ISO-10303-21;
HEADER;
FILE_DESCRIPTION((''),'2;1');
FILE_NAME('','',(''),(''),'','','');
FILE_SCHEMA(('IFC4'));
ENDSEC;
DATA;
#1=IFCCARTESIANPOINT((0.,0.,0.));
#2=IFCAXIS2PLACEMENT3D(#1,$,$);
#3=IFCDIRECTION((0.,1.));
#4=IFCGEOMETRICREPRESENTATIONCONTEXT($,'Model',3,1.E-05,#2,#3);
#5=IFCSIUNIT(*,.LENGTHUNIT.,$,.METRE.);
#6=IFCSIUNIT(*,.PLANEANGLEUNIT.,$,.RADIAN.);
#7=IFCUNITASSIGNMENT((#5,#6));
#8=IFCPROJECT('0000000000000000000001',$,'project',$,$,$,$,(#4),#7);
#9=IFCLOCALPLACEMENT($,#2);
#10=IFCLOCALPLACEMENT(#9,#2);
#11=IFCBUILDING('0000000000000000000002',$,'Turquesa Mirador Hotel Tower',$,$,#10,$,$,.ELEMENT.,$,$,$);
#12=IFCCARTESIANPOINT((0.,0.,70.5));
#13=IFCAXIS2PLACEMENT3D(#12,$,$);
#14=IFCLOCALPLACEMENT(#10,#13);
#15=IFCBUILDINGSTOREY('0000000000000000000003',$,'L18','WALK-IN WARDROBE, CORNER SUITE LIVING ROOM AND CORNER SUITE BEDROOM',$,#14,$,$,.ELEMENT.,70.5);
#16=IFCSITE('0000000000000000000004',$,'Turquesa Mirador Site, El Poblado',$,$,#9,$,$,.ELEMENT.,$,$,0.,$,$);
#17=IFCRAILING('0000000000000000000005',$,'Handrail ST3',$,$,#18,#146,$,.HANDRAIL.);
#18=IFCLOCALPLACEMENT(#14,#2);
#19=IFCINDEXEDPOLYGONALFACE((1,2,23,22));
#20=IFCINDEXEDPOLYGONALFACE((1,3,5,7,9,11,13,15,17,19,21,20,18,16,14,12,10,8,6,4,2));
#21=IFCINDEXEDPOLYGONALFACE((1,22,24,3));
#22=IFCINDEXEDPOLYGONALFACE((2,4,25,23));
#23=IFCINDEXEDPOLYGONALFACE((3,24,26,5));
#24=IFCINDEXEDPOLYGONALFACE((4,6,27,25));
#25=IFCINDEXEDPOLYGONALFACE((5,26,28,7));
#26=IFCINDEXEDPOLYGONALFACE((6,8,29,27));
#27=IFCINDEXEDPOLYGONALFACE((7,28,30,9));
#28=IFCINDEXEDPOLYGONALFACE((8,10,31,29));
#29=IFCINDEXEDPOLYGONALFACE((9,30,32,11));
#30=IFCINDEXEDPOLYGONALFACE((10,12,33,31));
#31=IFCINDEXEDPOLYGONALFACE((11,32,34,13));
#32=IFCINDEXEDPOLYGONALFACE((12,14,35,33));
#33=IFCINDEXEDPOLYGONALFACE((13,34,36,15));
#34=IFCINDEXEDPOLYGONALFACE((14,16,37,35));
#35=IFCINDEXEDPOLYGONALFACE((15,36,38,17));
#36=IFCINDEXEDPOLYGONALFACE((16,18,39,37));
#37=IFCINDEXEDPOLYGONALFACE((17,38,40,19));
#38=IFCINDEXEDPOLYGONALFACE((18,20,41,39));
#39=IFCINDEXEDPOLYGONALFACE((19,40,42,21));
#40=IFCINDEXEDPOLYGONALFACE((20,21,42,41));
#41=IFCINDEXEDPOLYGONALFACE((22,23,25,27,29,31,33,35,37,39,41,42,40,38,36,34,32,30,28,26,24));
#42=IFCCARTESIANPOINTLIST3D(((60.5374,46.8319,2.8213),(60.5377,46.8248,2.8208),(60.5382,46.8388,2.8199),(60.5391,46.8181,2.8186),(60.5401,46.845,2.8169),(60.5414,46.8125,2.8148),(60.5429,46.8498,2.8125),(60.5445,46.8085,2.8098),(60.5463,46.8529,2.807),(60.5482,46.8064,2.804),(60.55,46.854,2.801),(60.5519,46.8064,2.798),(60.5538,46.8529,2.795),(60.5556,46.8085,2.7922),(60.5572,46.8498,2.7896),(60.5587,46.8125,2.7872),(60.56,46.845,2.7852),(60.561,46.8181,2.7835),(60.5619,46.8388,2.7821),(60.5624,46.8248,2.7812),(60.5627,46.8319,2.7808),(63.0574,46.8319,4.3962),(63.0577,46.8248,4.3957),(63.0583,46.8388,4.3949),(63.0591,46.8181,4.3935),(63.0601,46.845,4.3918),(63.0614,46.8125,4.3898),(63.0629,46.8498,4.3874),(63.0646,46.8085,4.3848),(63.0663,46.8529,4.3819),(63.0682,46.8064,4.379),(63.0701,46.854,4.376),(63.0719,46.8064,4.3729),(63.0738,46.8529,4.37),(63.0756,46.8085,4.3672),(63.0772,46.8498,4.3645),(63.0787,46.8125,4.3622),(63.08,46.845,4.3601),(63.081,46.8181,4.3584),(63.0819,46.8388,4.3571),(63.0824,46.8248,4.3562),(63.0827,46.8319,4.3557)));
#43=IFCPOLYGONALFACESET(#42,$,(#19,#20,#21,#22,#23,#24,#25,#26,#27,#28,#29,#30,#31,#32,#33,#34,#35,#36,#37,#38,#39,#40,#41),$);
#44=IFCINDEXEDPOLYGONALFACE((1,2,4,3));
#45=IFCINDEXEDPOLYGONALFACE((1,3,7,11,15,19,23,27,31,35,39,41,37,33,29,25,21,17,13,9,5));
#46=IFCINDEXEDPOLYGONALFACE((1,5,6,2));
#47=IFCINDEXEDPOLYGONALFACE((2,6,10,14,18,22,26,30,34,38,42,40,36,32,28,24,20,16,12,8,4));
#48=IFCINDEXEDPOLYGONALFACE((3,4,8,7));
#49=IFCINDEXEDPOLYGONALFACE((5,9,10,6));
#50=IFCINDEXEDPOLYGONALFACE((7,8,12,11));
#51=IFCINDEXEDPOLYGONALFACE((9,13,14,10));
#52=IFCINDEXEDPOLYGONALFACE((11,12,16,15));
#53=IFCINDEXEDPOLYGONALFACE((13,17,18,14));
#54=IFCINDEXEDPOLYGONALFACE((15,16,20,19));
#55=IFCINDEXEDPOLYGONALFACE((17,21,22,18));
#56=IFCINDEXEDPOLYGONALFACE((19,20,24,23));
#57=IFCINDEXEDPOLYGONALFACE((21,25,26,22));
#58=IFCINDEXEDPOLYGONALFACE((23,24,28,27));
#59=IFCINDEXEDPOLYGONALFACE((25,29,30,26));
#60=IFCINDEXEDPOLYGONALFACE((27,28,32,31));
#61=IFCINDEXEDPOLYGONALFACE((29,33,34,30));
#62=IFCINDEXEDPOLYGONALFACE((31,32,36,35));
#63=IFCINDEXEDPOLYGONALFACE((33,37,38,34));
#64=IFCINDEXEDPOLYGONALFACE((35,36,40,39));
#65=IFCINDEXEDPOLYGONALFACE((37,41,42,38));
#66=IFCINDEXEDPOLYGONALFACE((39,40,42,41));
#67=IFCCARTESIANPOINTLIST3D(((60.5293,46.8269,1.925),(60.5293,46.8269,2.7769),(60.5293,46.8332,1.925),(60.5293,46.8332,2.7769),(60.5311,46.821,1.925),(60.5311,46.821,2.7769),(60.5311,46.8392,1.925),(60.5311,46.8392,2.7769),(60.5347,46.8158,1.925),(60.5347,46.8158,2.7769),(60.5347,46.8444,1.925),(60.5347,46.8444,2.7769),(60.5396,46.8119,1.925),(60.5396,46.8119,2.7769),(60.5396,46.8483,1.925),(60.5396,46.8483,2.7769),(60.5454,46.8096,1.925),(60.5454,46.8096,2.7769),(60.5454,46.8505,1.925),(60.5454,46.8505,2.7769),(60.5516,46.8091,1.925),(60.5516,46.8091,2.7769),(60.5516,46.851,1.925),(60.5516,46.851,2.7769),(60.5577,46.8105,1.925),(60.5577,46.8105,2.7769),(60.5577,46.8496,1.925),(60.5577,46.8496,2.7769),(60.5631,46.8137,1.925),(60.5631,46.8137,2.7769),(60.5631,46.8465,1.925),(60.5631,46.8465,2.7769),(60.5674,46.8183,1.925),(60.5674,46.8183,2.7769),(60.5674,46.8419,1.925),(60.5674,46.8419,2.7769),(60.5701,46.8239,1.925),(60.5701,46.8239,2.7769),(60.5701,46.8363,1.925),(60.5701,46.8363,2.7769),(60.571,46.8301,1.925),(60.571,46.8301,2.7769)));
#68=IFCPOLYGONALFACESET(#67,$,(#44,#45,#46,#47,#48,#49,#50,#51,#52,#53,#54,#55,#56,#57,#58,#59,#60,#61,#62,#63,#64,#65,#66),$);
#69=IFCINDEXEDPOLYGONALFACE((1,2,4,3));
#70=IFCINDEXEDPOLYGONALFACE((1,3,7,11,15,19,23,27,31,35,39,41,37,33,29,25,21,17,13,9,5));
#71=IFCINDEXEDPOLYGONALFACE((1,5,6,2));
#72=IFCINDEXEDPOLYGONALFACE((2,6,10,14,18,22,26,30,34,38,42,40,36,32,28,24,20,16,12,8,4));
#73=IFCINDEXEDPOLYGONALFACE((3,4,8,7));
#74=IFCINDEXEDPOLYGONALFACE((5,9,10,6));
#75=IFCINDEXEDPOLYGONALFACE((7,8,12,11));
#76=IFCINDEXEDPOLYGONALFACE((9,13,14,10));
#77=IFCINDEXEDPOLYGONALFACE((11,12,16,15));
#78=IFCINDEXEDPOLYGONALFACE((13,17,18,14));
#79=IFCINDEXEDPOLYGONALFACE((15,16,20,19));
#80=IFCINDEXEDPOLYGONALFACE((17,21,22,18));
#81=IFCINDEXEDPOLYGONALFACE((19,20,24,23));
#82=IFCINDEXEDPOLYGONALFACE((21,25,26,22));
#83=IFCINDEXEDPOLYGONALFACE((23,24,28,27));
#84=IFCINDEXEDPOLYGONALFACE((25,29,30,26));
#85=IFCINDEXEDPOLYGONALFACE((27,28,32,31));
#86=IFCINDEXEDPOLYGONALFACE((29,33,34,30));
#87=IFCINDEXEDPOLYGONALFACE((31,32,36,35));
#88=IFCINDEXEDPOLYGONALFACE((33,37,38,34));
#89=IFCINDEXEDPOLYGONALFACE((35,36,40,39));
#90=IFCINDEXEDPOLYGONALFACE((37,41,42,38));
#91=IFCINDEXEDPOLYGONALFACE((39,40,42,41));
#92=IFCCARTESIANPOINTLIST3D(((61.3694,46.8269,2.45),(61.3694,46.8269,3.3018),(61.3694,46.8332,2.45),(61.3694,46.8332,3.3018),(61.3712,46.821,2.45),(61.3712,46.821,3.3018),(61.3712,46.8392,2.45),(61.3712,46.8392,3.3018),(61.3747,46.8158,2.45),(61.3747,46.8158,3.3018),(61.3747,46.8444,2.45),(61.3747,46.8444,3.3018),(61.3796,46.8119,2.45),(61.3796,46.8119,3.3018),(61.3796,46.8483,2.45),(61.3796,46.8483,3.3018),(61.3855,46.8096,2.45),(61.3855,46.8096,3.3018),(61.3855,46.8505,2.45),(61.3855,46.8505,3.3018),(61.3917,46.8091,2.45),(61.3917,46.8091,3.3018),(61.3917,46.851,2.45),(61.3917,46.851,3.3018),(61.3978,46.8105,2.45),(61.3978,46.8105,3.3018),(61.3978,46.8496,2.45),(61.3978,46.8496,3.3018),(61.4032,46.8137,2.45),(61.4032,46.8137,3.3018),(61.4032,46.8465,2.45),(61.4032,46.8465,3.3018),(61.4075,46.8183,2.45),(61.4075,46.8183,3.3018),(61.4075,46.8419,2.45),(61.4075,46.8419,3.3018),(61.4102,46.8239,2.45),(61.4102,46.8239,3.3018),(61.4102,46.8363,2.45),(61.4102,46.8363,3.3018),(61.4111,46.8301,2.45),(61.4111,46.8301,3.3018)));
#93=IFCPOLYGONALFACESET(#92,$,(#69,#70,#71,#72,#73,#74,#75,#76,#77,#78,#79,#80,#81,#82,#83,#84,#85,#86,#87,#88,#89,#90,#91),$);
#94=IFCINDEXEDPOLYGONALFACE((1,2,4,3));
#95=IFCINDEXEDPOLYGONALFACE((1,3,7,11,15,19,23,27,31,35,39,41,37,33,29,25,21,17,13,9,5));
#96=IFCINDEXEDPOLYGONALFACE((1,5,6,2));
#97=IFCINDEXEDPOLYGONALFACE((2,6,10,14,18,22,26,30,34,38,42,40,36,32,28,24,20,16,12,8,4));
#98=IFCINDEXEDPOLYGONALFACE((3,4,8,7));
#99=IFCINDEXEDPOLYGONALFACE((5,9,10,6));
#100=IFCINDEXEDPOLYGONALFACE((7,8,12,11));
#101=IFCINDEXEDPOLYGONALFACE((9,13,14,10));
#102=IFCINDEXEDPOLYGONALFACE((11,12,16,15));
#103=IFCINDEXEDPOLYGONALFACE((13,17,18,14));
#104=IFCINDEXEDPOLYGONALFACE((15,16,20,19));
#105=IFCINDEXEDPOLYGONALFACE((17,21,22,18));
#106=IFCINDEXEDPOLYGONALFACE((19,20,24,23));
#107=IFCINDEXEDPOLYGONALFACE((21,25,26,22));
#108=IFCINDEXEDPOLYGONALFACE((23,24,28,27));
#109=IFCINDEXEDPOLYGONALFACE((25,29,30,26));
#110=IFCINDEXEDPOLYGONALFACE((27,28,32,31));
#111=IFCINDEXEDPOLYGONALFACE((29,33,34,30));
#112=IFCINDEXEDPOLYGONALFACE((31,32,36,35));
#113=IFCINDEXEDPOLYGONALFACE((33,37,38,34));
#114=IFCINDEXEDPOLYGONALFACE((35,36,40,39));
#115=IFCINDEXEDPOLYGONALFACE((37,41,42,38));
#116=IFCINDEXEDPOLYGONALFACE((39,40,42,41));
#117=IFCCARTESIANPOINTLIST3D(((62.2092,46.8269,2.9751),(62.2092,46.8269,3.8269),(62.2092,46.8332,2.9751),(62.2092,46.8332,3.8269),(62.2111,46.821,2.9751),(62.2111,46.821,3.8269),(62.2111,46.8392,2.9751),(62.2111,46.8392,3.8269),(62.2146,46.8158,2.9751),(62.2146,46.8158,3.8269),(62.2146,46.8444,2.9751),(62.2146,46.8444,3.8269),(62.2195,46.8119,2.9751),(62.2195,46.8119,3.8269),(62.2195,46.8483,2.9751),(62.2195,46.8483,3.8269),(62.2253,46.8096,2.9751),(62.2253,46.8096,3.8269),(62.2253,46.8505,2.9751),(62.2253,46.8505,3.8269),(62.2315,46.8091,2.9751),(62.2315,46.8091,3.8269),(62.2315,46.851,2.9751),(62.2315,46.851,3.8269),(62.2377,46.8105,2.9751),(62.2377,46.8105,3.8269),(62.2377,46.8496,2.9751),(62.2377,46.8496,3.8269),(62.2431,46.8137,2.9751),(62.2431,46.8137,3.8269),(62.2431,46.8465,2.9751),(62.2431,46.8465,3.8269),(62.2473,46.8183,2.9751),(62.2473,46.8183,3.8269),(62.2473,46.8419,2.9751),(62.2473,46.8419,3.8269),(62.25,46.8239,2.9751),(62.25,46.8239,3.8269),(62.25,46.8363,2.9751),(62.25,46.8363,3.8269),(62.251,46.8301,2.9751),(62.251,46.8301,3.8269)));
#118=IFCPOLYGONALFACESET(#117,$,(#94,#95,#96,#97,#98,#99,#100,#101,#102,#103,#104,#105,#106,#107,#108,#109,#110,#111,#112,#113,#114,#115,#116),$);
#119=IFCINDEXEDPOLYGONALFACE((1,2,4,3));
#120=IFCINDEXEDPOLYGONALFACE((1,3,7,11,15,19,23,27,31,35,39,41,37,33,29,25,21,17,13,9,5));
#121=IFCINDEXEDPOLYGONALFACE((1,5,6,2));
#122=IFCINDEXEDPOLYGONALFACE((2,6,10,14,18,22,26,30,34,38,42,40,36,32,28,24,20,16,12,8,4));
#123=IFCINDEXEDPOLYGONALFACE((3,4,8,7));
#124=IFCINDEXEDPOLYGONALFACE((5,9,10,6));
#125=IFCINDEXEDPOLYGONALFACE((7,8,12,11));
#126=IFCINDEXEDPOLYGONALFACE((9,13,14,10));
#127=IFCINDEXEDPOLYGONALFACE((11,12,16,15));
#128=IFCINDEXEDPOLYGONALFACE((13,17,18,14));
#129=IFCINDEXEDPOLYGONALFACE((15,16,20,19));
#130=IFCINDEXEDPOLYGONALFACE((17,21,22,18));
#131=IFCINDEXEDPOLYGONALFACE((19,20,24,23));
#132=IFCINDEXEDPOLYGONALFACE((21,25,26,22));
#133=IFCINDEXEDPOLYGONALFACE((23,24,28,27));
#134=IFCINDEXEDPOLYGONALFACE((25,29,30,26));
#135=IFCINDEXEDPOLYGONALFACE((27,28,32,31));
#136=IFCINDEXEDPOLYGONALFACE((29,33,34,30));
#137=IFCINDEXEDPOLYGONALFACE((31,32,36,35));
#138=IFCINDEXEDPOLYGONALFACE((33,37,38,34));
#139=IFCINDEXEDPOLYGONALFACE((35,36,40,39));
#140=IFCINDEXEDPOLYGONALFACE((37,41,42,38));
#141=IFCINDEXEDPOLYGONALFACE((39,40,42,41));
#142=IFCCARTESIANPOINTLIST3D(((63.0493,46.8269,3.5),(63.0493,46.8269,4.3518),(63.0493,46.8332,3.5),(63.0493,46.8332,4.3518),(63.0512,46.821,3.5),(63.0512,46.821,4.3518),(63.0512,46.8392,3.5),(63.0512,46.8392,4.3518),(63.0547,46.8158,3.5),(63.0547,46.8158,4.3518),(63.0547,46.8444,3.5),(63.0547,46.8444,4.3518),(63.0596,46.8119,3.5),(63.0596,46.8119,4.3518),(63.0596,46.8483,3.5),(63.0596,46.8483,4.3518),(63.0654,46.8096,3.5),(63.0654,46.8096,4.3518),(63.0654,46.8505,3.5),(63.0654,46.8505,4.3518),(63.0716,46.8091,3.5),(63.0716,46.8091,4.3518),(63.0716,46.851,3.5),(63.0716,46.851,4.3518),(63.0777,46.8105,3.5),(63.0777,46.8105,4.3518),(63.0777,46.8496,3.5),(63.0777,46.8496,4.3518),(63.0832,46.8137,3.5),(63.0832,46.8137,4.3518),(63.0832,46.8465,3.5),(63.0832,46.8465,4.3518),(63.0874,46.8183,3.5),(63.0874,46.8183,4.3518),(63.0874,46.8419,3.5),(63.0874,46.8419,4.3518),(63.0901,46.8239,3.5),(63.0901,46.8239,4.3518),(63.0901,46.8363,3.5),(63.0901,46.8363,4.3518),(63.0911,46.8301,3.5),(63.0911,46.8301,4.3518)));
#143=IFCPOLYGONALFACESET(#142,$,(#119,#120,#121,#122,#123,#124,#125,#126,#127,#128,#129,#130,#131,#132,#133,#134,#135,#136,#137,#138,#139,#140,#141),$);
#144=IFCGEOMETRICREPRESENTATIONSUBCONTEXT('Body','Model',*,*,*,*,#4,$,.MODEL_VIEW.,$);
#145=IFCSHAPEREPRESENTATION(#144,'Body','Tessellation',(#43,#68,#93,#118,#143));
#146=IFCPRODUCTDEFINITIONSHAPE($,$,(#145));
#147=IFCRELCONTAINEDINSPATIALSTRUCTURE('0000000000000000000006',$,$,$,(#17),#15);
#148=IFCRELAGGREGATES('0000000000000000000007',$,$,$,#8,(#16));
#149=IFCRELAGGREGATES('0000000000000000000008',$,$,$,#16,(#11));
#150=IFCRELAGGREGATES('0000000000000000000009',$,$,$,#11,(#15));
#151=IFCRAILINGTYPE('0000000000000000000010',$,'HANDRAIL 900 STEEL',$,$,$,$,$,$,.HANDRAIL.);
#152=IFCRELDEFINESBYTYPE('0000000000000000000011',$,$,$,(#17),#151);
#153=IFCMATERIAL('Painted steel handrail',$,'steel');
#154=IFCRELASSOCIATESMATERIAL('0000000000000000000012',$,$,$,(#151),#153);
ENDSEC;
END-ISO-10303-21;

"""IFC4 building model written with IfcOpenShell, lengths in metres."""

from ifc_helpers import new_model, si_unit, direction, frame, origin, origin_2d, place, context, subcontext, project, spatial, circle, extrude, material, type_object, element, save


model = new_model("IFC4")

# Units and contexts
model_context = context("Model", 3, precision=1e-05, world=origin(), true_north=direction((0.0, 1.0)))
body_context = subcontext(model_context, "Body", "Model", "MODEL_VIEW")
ifc_project = project(units=[si_unit("LENGTHUNIT", "METRE"), si_unit("PLANEANGLEUNIT", "RADIAN")], contexts=[model_context])

# Site, building, storey
site_placement = place(None, origin())
site = spatial("IfcSite", under=ifc_project, at=site_placement, Name="Turquesa Mirador Site, El Poblado", CompositionType="ELEMENT", RefElevation=0.0)
building_placement = place(site_placement, origin())
building = spatial("IfcBuilding", under=site, at=building_placement, Name="Turquesa Mirador Hotel Tower", CompositionType="ELEMENT")
storey_placement = place(building_placement, frame((0.0, 0.0, 70.5)))
storey = spatial("IfcBuildingStorey", under=building, at=storey_placement, Name="L18", Description="WALK-IN WARDROBE, CORNER SUITE LIVING ROOM AND CORNER SUITE BEDROOM", CompositionType="ELEMENT", Elevation=70.5)

# Railing
ifc_material_1 = material(Name="Painted steel handrail", Category="steel")
railing_type = type_object("IfcRailingType", Name="HANDRAIL 900 STEEL", PredefinedType="HANDRAIL", material=ifc_material_1)
railing_1_placement = place(storey_placement, frame((60.55, 46.8301, 1.925)))
element("IfcRailing", 1, at=railing_1_placement, inside=storey, type_object=railing_type, Name="Handrail ST3", PredefinedType="HANDRAIL", context=body_context, shape_type="SweptSolid", body=[
    extrude(circle(Radius=0.0239, at=origin_2d()), frame((0.0, 0.0, 0.876), z_axis=(0.848008, 0.0, 0.529984), x_axis=(0.0, 1.0, 0.0)), (0.0, 0.0, 1.0), 2.9717),
    extrude(circle(Radius=0.021, at=origin_2d()), origin(), (0.0, 0.0, 1.0), 0.8518),
    extrude(circle(Radius=0.021, at=origin_2d()), frame((0.8401, 0.0, 0.5249)), (0.0, 0.0, 1.0), 0.8518),
    extrude(circle(Radius=0.021, at=origin_2d()), frame((1.6799, 0.0, 1.05)), (0.0, 0.0, 1.0), 0.8518),
    extrude(circle(Radius=0.021, at=origin_2d()), frame((2.52, 0.0, 1.575)), (0.0, 0.0, 1.0), 0.8518),
])

save(model, "model.ifc")
